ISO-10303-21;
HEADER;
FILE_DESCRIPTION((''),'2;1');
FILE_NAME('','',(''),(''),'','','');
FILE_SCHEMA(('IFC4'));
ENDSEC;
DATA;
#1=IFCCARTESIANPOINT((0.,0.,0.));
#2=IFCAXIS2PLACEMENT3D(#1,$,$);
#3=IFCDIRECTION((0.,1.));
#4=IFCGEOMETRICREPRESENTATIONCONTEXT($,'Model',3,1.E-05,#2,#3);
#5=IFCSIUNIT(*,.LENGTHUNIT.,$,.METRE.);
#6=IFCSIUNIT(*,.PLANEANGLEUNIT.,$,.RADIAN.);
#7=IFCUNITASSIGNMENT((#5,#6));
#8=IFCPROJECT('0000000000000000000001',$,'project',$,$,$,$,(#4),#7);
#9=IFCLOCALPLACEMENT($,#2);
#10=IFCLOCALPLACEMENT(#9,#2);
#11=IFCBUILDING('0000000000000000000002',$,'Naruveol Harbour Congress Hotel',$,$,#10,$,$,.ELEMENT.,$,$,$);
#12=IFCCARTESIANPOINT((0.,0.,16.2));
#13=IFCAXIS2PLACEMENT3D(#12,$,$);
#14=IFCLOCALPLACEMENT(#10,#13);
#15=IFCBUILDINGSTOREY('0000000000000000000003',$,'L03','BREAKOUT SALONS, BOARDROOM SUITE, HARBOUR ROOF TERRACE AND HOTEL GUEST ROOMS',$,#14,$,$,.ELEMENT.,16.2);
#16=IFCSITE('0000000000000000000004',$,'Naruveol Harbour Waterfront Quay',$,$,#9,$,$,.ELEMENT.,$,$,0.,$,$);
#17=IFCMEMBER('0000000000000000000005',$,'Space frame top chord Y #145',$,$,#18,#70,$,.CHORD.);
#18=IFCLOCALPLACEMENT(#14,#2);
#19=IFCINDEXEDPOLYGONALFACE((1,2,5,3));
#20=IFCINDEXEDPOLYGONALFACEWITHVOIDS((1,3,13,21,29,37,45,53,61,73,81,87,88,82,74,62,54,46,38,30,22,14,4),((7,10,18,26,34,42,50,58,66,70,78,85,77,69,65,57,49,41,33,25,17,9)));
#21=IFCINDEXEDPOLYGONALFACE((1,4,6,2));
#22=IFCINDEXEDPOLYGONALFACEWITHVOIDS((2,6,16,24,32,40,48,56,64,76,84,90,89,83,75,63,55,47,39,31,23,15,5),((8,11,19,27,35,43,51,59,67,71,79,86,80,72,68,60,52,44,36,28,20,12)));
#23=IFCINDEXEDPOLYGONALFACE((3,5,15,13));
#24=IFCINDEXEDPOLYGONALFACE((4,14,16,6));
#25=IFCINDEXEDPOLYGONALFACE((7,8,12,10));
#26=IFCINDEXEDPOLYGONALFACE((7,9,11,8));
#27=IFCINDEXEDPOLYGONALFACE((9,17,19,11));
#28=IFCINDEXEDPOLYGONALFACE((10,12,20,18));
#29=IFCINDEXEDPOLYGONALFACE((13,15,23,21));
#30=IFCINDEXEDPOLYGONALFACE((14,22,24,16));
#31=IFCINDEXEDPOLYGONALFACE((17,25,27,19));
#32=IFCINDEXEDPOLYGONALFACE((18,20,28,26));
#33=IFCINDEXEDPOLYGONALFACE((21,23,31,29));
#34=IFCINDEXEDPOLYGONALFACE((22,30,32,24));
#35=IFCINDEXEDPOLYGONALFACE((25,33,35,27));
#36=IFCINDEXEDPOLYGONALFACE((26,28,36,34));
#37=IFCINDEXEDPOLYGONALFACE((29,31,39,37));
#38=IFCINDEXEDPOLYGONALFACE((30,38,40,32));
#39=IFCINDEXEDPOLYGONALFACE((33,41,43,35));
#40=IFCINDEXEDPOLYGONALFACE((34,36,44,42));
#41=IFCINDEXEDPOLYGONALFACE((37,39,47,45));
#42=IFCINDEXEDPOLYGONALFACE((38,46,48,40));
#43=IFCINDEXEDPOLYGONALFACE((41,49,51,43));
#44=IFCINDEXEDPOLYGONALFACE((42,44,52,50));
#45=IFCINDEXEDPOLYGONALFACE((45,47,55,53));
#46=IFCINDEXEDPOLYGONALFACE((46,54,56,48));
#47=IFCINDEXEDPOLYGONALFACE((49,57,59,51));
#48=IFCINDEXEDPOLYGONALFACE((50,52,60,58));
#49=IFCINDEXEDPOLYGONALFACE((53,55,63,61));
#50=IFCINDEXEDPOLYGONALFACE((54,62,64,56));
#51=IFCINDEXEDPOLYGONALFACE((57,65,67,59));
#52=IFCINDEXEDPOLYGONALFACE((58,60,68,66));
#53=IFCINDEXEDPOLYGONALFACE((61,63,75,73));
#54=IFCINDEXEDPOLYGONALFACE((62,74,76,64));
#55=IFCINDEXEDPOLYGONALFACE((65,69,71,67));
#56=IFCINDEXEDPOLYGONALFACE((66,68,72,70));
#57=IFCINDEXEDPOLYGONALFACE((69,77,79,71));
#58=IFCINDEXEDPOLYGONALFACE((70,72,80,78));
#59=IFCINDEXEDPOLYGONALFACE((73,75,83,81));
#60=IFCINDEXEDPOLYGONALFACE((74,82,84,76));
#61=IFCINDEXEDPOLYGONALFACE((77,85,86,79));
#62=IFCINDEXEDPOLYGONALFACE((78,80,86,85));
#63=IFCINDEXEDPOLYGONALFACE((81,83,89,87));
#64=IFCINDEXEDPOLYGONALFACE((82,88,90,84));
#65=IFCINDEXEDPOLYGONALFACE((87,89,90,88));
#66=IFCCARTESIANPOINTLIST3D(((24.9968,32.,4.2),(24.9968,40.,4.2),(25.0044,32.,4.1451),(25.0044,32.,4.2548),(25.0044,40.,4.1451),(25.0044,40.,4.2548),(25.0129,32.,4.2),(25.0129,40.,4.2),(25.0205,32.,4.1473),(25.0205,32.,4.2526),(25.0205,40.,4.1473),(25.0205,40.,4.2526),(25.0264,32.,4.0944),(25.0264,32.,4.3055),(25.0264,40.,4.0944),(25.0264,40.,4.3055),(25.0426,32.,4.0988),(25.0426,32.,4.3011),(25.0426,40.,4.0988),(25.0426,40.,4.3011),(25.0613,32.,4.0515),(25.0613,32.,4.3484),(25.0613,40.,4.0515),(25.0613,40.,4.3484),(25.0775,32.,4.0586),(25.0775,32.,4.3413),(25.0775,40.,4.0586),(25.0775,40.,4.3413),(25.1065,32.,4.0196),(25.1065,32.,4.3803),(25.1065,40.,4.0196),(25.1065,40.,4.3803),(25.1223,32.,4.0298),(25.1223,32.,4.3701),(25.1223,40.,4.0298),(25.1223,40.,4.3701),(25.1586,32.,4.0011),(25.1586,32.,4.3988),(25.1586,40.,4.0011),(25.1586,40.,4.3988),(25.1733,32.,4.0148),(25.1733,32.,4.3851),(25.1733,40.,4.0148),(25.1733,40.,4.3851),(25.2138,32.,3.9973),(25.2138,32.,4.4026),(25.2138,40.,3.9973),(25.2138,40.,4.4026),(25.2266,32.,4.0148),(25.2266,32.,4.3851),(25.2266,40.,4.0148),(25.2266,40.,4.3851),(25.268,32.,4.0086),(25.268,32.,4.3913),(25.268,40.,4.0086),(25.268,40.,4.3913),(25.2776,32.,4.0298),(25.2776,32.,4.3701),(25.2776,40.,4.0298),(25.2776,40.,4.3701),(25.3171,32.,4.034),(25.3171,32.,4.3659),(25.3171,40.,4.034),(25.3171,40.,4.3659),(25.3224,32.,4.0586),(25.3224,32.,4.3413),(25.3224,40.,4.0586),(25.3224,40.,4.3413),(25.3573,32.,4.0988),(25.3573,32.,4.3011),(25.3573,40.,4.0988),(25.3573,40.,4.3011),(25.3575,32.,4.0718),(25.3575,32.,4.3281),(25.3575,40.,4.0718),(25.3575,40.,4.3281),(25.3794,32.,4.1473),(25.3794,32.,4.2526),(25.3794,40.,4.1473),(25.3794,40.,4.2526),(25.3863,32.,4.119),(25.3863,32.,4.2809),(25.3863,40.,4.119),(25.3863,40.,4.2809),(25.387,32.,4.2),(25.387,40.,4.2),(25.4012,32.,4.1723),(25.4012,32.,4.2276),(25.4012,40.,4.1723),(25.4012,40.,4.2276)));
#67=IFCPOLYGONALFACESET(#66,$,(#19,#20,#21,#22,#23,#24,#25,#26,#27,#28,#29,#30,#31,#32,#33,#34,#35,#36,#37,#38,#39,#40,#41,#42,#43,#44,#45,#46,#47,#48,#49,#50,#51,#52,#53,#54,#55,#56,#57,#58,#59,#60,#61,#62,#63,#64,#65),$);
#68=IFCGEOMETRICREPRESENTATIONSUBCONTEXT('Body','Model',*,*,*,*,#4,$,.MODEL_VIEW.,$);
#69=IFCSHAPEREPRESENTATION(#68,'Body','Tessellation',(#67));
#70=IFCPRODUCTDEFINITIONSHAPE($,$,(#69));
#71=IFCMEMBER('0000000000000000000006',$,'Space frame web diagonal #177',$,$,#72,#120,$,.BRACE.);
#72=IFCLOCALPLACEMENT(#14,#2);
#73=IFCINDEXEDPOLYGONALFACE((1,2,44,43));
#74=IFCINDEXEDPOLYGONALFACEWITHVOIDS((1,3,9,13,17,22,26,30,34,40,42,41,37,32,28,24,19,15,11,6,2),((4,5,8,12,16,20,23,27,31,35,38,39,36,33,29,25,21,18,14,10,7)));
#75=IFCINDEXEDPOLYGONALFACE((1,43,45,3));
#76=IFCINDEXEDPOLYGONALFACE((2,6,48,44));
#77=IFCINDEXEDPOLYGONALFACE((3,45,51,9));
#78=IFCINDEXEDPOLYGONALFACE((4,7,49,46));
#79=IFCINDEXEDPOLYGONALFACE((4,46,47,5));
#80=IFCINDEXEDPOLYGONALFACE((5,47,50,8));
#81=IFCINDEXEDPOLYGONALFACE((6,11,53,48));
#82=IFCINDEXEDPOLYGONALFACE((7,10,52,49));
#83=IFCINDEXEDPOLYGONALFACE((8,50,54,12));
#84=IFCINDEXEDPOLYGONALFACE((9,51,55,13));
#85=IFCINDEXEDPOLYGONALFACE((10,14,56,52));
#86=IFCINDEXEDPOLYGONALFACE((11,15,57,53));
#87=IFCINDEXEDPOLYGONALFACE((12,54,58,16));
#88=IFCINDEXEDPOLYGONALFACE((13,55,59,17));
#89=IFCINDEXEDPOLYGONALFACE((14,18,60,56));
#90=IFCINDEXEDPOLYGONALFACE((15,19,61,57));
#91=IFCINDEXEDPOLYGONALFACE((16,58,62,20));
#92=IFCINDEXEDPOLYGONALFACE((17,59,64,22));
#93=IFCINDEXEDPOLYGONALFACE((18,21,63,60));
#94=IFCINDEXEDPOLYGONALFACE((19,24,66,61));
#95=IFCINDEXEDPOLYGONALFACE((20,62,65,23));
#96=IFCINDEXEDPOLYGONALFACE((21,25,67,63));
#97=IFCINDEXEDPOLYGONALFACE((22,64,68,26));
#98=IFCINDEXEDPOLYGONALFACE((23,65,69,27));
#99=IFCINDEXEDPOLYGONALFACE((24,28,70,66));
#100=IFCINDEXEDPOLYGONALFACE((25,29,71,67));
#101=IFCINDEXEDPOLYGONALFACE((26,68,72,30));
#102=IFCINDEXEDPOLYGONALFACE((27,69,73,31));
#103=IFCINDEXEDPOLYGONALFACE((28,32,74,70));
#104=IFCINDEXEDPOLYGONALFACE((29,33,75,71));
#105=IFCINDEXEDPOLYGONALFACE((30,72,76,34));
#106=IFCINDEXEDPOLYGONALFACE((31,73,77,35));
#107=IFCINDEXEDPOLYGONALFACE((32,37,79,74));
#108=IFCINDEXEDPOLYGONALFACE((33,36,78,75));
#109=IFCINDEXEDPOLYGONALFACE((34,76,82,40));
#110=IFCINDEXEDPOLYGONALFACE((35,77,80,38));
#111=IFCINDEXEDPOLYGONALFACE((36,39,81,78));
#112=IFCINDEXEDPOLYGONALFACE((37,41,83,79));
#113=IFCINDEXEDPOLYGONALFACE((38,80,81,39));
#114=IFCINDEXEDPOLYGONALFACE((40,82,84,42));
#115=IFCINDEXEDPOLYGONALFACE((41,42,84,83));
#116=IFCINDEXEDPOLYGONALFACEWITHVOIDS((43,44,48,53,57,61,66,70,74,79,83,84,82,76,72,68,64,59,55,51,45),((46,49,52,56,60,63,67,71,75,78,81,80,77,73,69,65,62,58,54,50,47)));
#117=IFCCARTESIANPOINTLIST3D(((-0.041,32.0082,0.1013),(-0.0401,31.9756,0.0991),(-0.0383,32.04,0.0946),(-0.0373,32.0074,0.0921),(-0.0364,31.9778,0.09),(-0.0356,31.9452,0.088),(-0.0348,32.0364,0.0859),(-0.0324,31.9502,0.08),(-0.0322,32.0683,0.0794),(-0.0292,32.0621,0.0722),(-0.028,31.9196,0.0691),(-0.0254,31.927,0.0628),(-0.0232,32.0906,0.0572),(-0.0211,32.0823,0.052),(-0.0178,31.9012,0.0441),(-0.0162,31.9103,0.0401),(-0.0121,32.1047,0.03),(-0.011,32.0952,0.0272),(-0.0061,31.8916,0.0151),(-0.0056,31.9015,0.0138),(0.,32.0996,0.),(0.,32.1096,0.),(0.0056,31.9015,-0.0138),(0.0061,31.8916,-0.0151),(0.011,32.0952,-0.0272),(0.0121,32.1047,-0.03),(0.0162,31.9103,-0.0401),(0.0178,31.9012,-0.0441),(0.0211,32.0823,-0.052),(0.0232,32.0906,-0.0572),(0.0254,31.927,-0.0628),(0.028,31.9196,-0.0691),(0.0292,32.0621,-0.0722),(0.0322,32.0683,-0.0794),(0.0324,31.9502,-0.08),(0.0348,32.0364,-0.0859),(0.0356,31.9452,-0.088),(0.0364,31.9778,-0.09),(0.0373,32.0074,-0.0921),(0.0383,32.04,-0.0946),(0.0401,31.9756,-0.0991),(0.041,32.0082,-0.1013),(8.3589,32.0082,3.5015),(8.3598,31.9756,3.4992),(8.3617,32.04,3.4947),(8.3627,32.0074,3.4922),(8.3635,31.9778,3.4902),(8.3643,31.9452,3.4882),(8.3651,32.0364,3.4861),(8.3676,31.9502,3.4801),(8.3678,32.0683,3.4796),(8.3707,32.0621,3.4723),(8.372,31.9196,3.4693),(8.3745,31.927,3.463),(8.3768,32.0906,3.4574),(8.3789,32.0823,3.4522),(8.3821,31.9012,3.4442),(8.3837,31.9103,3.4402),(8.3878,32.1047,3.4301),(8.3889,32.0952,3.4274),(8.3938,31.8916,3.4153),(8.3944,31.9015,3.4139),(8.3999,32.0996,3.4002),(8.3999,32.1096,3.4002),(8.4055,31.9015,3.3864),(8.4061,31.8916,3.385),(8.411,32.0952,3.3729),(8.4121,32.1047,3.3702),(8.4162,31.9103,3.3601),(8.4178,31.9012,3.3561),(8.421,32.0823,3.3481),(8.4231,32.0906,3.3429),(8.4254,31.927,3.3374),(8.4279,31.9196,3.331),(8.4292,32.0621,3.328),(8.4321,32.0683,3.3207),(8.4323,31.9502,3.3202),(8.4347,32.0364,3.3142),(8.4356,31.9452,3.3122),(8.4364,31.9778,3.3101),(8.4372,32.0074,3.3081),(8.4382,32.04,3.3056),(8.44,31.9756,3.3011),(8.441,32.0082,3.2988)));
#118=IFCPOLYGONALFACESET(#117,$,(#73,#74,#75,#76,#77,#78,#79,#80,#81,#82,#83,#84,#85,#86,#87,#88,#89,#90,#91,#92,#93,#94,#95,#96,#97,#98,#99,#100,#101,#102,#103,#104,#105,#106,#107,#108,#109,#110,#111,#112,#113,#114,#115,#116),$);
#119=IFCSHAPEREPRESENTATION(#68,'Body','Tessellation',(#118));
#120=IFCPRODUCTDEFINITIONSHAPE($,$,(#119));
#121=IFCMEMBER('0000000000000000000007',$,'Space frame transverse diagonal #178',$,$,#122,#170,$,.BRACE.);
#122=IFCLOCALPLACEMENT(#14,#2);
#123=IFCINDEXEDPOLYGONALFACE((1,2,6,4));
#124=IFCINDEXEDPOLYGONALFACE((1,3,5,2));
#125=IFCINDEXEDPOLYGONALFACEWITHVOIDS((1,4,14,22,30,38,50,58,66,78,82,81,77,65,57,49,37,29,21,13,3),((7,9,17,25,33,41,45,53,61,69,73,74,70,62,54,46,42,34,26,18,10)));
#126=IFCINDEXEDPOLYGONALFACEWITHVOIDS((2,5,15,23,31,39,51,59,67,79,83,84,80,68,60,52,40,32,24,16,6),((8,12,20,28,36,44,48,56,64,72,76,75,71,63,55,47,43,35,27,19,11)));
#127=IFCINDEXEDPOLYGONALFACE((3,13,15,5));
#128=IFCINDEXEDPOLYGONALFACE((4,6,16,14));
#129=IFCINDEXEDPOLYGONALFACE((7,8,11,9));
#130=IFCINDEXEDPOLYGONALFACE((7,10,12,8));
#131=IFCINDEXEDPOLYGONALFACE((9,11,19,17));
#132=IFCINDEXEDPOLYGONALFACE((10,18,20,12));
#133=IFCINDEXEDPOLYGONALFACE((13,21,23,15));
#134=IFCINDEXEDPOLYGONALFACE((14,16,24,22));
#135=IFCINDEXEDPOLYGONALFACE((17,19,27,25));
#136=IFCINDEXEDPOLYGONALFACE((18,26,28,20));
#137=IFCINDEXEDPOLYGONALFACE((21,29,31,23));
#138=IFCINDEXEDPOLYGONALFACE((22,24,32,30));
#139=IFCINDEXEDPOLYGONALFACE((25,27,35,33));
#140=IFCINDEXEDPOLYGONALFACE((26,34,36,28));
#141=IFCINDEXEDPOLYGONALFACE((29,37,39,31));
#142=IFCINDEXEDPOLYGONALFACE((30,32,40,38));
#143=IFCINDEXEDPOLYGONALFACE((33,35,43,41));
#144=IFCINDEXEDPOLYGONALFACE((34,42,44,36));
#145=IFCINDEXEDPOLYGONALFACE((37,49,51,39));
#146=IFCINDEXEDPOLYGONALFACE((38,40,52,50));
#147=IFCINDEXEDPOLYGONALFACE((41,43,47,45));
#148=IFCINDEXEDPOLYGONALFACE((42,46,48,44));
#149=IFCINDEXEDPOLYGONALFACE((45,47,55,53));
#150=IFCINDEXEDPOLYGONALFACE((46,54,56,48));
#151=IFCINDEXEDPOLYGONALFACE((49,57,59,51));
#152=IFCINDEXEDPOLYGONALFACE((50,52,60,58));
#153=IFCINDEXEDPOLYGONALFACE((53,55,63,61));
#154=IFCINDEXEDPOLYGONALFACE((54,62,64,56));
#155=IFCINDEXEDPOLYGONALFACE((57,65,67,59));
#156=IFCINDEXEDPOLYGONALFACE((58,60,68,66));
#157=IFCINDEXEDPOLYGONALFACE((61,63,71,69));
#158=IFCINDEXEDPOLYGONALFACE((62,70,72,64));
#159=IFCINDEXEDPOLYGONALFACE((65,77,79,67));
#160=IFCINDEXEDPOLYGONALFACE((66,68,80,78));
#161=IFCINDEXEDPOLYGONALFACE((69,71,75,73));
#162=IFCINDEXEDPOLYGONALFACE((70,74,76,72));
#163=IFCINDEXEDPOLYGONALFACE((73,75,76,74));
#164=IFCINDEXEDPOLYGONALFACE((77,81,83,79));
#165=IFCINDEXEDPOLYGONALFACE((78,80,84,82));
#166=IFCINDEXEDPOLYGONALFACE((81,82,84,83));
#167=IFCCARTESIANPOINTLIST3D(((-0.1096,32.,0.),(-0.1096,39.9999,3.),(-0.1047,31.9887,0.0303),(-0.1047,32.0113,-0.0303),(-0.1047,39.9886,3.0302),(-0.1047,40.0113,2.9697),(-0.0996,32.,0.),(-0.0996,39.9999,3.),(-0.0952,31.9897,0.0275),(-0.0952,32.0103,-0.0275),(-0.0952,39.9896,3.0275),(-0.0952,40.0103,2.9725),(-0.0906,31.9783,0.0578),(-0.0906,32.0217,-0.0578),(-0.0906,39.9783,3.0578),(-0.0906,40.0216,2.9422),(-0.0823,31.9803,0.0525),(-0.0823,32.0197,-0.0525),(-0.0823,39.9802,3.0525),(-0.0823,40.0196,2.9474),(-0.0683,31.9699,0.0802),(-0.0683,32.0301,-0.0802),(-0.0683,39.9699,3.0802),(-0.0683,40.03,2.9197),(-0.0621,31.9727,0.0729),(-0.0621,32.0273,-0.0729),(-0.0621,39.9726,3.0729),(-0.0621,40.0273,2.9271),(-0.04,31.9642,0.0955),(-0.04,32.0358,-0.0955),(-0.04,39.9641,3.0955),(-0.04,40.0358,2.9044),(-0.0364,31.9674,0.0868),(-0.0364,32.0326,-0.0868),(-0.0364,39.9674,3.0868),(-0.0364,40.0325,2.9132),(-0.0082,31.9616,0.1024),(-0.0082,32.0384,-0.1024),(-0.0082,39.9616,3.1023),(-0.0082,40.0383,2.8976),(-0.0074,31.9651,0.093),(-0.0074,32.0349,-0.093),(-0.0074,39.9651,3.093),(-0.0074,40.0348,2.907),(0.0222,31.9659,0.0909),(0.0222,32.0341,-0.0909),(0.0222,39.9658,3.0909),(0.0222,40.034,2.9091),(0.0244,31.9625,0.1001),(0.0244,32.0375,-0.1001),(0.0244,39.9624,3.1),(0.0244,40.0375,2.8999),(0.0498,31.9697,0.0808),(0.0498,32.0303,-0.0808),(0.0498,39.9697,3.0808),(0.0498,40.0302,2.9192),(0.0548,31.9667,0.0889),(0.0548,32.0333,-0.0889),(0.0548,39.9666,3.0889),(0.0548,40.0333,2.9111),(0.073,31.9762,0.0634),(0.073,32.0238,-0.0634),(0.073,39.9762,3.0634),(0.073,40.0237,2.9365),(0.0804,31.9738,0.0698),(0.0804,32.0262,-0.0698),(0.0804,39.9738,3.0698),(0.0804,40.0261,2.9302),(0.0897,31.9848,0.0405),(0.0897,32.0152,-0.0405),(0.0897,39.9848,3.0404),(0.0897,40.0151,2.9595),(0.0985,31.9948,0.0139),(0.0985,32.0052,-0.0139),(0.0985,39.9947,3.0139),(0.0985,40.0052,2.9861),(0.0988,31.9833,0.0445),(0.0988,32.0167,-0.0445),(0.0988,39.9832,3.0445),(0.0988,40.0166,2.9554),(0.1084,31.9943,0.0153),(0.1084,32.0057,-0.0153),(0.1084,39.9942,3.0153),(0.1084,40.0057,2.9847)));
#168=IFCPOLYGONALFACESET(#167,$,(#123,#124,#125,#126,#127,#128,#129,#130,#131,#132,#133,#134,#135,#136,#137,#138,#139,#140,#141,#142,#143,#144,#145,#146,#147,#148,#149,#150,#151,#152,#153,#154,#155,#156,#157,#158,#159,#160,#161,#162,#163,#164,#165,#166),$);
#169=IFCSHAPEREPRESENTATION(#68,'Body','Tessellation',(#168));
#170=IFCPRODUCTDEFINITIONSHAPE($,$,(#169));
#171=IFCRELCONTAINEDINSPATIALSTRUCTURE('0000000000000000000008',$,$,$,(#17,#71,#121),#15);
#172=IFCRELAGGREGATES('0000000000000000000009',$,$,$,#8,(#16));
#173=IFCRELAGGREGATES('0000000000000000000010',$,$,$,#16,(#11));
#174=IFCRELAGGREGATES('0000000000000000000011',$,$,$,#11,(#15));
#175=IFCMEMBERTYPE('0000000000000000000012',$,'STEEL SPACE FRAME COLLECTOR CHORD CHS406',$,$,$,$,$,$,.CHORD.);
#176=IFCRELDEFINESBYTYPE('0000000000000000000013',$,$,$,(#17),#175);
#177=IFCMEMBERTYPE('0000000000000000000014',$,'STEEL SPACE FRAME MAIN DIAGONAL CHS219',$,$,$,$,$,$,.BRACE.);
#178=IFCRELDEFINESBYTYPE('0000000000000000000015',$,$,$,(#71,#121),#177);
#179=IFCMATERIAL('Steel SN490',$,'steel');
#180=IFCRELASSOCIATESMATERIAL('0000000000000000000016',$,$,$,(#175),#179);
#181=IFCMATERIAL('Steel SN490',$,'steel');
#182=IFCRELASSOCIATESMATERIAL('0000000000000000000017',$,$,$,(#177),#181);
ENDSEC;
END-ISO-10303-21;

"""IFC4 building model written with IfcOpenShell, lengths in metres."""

from ifc_helpers import new_model, si_unit, direction, frame, origin, origin_2d, place, context, subcontext, project, spatial, hollow_circle, extrude, material, material_profile, profile_set, type_object, element, save


model = new_model("IFC4")

# Units and contexts
model_context = context("Model", 3, precision=1e-05, world=origin(), true_north=direction((0.0, 1.0)))
body_context = subcontext(model_context, "Body", "Model", "MODEL_VIEW")
ifc_project = project(units=[si_unit("LENGTHUNIT", "METRE"), si_unit("PLANEANGLEUNIT", "RADIAN")], contexts=[model_context])

# Site, building, storey
site_placement = place(None, origin())
site = spatial("IfcSite", under=ifc_project, at=site_placement, Name="Naruveol Harbour Waterfront Quay", CompositionType="ELEMENT", RefElevation=0.0)
building_placement = place(site_placement, origin())
building = spatial("IfcBuilding", under=site, at=building_placement, Name="Naruveol Harbour Congress Hotel", CompositionType="ELEMENT")
storey_placement = place(building_placement, frame((0.0, 0.0, 16.2)))
storey = spatial("IfcBuildingStorey", under=building, at=storey_placement, Name="L03", Description="BREAKOUT SALONS, BOARDROOM SUITE, HARBOUR ROOF TERRACE AND HOTEL GUEST ROOMS", CompositionType="ELEMENT", Elevation=16.2)

# Members
ifc_material_1 = material(Name="Steel SN490", Category="steel")
ifc_material_profile_1 = material_profile(ifc_material_1, hollow_circle(Radius=0.2031, WallThickness=0.0161, at=origin_2d()), Name="CHS-406.4x16")
ifc_profile_set_1 = profile_set([ifc_material_profile_1], Name="Steel SN490")
member_type_1 = type_object("IfcMemberType", Name="STEEL SPACE FRAME COLLECTOR CHORD CHS406", PredefinedType="CHORD", material=ifc_profile_set_1)
for number, where, z_axis, x_axis, name in (
    (1, (25.2, 32.0, 4.2), (0.0, 1.0, 0.0), (-1.0, 0.0, 0.0), "Space frame top chord Y #145"),
):
    element("IfcMember", number, at=place(storey_placement, frame(where, z_axis=z_axis, x_axis=x_axis)), inside=storey, type_object=member_type_1, Name=name, PredefinedType="CHORD", context=body_context, shape_type="SweptSolid", body=[
        extrude(hollow_circle(Radius=0.2031, WallThickness=0.0161, at=origin_2d()), origin(), (0.0, 0.0, 1.0), 8.0),
    ])
ifc_material_2 = material(Name="Steel SN490", Category="steel")
ifc_material_profile_2 = material_profile(ifc_material_2, hollow_circle(Radius=0.1096, WallThickness=0.01, at=origin_2d()), Name="CHS-219.1x10")
ifc_profile_set_2 = profile_set([ifc_material_profile_2], Name="Steel SN490")
member_type_2 = type_object("IfcMemberType", Name="STEEL SPACE FRAME MAIN DIAGONAL CHS219", PredefinedType="BRACE", material=ifc_profile_set_2)
member_1_placement = place(storey_placement, frame((0.0, 32.0, 0.0), z_axis=(0.92694, 0.0, 0.37521), x_axis=(0.0, 1.0, 0.0)))
element("IfcMember", 2, at=member_1_placement, inside=storey, type_object=member_type_2, Name="Space frame web diagonal #177", PredefinedType="BRACE", context=body_context, shape_type="SweptSolid", body=[
    extrude(hollow_circle(Radius=0.1096, WallThickness=0.01, at=origin_2d()), origin(), (0.0, 0.0, 1.0), 9.062),
])
member_2_placement = place(storey_placement, frame((0.0, 32.0, 0.0), z_axis=(0.0, 0.936329, 0.351123), x_axis=(-1.0, 0.0, 0.0)))
element("IfcMember", 3, at=member_2_placement, inside=storey, type_object=member_type_2, Name="Space frame transverse diagonal #178", PredefinedType="BRACE", context=body_context, shape_type="SweptSolid", body=[
    extrude(hollow_circle(Radius=0.1096, WallThickness=0.01, at=origin_2d()), origin(), (0.0, 0.0, 1.0), 8.5439),
])

save(model, "model.ifc")
